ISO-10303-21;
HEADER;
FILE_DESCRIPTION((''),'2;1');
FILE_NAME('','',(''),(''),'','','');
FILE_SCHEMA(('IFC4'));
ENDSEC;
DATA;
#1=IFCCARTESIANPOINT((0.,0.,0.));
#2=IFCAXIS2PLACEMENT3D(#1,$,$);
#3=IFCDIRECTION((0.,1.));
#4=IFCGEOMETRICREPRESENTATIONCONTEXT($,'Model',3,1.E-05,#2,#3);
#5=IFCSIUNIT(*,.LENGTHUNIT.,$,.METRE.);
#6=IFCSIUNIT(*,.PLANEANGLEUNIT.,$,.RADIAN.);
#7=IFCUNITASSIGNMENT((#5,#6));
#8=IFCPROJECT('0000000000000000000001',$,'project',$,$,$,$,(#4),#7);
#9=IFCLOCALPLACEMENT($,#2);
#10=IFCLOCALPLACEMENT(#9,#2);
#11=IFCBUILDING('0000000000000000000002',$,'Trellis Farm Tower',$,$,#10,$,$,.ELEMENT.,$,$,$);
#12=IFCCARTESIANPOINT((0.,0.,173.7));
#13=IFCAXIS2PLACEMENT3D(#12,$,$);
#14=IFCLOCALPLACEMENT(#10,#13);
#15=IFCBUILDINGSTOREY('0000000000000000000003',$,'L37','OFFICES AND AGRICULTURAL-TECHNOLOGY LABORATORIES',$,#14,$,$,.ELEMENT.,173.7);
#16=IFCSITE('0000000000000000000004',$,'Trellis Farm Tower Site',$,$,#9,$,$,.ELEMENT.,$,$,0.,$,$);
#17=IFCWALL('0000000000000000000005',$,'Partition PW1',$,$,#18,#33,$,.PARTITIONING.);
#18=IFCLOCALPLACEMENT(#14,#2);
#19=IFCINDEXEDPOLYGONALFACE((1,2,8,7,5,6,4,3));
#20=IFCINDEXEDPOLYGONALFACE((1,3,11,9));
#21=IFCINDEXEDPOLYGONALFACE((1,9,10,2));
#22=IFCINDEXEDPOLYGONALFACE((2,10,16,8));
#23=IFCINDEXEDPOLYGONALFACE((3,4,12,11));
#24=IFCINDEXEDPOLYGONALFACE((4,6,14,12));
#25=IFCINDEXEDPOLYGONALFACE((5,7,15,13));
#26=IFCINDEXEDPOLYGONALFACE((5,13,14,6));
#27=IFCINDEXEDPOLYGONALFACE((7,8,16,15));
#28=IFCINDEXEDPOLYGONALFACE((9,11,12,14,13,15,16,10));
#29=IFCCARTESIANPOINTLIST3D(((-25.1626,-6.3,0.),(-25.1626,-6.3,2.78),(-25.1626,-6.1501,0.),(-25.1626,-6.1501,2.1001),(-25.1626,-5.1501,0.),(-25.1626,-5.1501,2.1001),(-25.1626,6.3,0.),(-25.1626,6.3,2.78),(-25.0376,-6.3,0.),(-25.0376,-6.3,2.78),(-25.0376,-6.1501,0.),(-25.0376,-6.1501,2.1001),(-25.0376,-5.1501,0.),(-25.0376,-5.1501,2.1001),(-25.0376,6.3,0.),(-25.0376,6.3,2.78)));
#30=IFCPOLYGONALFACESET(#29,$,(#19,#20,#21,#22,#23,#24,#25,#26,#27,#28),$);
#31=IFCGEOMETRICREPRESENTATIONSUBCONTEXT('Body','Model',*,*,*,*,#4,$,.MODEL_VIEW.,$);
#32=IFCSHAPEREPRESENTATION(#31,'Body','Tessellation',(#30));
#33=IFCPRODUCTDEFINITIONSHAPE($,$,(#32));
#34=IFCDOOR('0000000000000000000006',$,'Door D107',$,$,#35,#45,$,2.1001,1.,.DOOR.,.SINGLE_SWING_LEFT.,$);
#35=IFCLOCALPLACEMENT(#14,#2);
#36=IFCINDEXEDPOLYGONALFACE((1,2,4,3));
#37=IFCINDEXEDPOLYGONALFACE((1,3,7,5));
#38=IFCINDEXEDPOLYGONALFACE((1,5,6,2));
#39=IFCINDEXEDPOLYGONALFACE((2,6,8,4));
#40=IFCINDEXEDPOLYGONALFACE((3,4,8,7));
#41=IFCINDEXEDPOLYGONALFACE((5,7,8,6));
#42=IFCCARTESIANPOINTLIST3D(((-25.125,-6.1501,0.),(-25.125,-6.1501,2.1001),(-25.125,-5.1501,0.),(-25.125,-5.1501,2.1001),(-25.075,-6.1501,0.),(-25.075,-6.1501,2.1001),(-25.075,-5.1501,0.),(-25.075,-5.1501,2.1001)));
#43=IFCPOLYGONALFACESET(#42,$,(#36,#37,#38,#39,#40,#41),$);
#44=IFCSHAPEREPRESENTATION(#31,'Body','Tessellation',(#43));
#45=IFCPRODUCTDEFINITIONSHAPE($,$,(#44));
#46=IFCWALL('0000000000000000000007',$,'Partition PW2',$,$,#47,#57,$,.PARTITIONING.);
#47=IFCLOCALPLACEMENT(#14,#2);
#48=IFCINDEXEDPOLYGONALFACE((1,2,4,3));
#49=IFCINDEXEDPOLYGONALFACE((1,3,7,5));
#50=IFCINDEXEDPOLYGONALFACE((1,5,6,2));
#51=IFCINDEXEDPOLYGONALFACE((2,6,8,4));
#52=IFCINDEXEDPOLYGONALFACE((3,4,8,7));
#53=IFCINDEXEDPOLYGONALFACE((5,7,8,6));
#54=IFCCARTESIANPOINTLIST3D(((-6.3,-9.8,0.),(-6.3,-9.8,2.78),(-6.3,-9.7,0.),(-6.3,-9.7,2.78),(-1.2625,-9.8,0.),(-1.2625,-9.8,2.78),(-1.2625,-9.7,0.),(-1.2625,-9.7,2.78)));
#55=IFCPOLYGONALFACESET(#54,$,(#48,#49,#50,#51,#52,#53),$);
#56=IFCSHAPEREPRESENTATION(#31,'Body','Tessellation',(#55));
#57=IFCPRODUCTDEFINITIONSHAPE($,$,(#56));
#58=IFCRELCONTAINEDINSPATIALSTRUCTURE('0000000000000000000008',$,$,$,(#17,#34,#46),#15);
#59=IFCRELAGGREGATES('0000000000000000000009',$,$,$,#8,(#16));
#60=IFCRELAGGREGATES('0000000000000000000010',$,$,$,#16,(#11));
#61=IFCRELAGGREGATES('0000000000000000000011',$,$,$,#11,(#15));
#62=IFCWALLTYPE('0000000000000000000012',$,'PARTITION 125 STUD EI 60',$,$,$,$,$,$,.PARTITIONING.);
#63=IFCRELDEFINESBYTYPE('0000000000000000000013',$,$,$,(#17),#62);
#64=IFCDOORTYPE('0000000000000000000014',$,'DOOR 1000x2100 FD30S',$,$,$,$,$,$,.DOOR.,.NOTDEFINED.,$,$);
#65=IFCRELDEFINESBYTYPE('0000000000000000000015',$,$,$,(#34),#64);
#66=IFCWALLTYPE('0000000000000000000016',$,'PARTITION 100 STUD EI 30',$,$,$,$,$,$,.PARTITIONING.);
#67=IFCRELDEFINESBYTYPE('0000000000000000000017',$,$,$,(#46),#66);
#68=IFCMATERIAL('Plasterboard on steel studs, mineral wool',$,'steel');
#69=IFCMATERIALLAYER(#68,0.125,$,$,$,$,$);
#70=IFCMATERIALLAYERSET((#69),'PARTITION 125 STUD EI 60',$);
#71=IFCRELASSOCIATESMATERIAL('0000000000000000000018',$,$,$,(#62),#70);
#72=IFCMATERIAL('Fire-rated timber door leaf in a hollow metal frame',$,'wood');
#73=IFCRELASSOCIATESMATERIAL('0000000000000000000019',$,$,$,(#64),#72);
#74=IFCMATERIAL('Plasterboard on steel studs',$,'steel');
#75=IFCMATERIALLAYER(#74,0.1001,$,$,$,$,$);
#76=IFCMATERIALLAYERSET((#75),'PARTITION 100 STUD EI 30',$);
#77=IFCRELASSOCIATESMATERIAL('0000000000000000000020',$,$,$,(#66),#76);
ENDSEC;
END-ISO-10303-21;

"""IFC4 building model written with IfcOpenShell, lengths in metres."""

from ifc_helpers import new_model, si_unit, direction, frame, frame_2d, origin, place, context, subcontext, project, spatial, rectangle, extrude, source, transform, mapped, material, layer, layer_set, type_object, element, fill, save


model = new_model("IFC4")

# Units and contexts
model_context = context("Model", 3, precision=1e-05, world=origin(), true_north=direction((0.0, 1.0)))
body_context = subcontext(model_context, "Body", "Model", "MODEL_VIEW")
ifc_project = project(units=[si_unit("LENGTHUNIT", "METRE"), si_unit("PLANEANGLEUNIT", "RADIAN")], contexts=[model_context])

# Site, building, storey
site_placement = place(None, origin())
site = spatial("IfcSite", under=ifc_project, at=site_placement, Name="Trellis Farm Tower Site", CompositionType="ELEMENT", RefElevation=0.0)
building_placement = place(site_placement, origin())
building = spatial("IfcBuilding", under=site, at=building_placement, Name="Trellis Farm Tower", CompositionType="ELEMENT")
storey_placement = place(building_placement, frame((0.0, 0.0, 173.7)))
storey = spatial("IfcBuildingStorey", under=building, at=storey_placement, Name="L37", Description="OFFICES AND AGRICULTURAL-TECHNOLOGY LABORATORIES", CompositionType="ELEMENT", Elevation=173.7)

# Shared definitions
ifc_material_1 = material(Name="Plasterboard on steel studs, mineral wool", Category="steel")
ifc_layer_1 = layer(ifc_material_1, 0.125)
ifc_layer_set_1 = layer_set([ifc_layer_1], Name="PARTITION 125 STUD EI 60")
wall_type_1 = type_object("IfcWallType", Name="PARTITION 125 STUD EI 60", PredefinedType="PARTITIONING", material=ifc_layer_set_1)

# Wall, opening, door
shared_shape_1 = source(origin(), body_context, "Body", "SweptSolid", [
    extrude(rectangle(XDim=12.6001, YDim=0.125, at=frame_2d((6.3, 0.0))), origin(), (0.0, 0.0, 1.0), 2.78),
])
wall_1_placement = place(storey_placement, frame((-25.1001, -6.3, 0.0), z_axis=(0.0, 0.0, 1.0), x_axis=(0.0, 1.0, 0.0)))
wall_1 = element("IfcWall", 1, at=wall_1_placement, inside=storey, type_object=wall_type_1, Name="Partition PW1", PredefinedType="PARTITIONING", context=body_context, shape_type="MappedRepresentation", body=[
    mapped(shared_shape_1, transform((0.0, 0.0, 0.0))),
])
shared_shape_2 = source(origin(), body_context, "Body", "SweptSolid", [
    extrude(rectangle(XDim=1.0, YDim=2.1001, at=frame_2d((0.5, 1.05))), frame((0.0, 0.0725, 0.0), z_axis=(0.0, -1.0, 0.0), x_axis=(1.0, 0.0, 0.0)), (0.0, 0.0, 1.0), 0.145),
])
opening_placement = place(wall_1_placement, frame((0.1499, 0.0, 0.0)))
opening = element("IfcOpeningElement", 2, at=opening_placement, cuts=wall_1, PredefinedType="OPENING", context=body_context, shape_type="MappedRepresentation", body=[
    mapped(shared_shape_2, transform((0.0, 0.0, 0.0))),
])
ifc_material_2 = material(Name="Fire-rated timber door leaf in a hollow metal frame", Category="wood")
door_type = type_object("IfcDoorType", Name="DOOR 1000x2100 FD30S", OperationType="NOTDEFINED", PredefinedType="DOOR", material=ifc_material_2)
shared_shape_3 = source(origin(), body_context, "Body", "SweptSolid", [
    extrude(rectangle(XDim=1.0, YDim=2.1001, at=frame_2d((0.5, 1.05))), frame((0.0, 0.0249, 0.0), z_axis=(0.0, -1.0, 0.0), x_axis=(1.0, 0.0, 0.0)), (0.0, 0.0, 1.0), 0.05),
])
door_placement = place(opening_placement, origin())
door = element("IfcDoor", 3, at=door_placement, inside=storey, type_object=door_type, Name="Door D107", OperationType="SINGLE_SWING_LEFT", OverallHeight=2.1001, OverallWidth=1.0, PredefinedType="DOOR", context=body_context, shape_type="MappedRepresentation", body=[
    mapped(shared_shape_3, transform((0.0, 0.0, 0.0))),
])
fill(opening, door)

# Wall
ifc_material_3 = material(Name="Plasterboard on steel studs", Category="steel")
ifc_layer_2 = layer(ifc_material_3, 0.1001)
ifc_layer_set_2 = layer_set([ifc_layer_2], Name="PARTITION 100 STUD EI 30")
wall_type_2 = type_object("IfcWallType", Name="PARTITION 100 STUD EI 30", PredefinedType="PARTITIONING", material=ifc_layer_set_2)
shared_shape_4 = source(origin(), body_context, "Body", "SweptSolid", [
    extrude(rectangle(XDim=5.0376, YDim=0.1001, at=frame_2d((2.5188, 0.0))), origin(), (0.0, 0.0, 1.0), 2.78),
])
wall_2_placement = place(storey_placement, frame((-6.3, -9.75, 0.0), z_axis=(0.0, 0.0, 1.0), x_axis=(1.0, 0.0, 0.0)))
element("IfcWall", 4, at=wall_2_placement, inside=storey, type_object=wall_type_2, Name="Partition PW2", PredefinedType="PARTITIONING", context=body_context, shape_type="MappedRepresentation", body=[
    mapped(shared_shape_4, transform((0.0, 0.0, 0.0))),
])

save(model, "model.ifc")
